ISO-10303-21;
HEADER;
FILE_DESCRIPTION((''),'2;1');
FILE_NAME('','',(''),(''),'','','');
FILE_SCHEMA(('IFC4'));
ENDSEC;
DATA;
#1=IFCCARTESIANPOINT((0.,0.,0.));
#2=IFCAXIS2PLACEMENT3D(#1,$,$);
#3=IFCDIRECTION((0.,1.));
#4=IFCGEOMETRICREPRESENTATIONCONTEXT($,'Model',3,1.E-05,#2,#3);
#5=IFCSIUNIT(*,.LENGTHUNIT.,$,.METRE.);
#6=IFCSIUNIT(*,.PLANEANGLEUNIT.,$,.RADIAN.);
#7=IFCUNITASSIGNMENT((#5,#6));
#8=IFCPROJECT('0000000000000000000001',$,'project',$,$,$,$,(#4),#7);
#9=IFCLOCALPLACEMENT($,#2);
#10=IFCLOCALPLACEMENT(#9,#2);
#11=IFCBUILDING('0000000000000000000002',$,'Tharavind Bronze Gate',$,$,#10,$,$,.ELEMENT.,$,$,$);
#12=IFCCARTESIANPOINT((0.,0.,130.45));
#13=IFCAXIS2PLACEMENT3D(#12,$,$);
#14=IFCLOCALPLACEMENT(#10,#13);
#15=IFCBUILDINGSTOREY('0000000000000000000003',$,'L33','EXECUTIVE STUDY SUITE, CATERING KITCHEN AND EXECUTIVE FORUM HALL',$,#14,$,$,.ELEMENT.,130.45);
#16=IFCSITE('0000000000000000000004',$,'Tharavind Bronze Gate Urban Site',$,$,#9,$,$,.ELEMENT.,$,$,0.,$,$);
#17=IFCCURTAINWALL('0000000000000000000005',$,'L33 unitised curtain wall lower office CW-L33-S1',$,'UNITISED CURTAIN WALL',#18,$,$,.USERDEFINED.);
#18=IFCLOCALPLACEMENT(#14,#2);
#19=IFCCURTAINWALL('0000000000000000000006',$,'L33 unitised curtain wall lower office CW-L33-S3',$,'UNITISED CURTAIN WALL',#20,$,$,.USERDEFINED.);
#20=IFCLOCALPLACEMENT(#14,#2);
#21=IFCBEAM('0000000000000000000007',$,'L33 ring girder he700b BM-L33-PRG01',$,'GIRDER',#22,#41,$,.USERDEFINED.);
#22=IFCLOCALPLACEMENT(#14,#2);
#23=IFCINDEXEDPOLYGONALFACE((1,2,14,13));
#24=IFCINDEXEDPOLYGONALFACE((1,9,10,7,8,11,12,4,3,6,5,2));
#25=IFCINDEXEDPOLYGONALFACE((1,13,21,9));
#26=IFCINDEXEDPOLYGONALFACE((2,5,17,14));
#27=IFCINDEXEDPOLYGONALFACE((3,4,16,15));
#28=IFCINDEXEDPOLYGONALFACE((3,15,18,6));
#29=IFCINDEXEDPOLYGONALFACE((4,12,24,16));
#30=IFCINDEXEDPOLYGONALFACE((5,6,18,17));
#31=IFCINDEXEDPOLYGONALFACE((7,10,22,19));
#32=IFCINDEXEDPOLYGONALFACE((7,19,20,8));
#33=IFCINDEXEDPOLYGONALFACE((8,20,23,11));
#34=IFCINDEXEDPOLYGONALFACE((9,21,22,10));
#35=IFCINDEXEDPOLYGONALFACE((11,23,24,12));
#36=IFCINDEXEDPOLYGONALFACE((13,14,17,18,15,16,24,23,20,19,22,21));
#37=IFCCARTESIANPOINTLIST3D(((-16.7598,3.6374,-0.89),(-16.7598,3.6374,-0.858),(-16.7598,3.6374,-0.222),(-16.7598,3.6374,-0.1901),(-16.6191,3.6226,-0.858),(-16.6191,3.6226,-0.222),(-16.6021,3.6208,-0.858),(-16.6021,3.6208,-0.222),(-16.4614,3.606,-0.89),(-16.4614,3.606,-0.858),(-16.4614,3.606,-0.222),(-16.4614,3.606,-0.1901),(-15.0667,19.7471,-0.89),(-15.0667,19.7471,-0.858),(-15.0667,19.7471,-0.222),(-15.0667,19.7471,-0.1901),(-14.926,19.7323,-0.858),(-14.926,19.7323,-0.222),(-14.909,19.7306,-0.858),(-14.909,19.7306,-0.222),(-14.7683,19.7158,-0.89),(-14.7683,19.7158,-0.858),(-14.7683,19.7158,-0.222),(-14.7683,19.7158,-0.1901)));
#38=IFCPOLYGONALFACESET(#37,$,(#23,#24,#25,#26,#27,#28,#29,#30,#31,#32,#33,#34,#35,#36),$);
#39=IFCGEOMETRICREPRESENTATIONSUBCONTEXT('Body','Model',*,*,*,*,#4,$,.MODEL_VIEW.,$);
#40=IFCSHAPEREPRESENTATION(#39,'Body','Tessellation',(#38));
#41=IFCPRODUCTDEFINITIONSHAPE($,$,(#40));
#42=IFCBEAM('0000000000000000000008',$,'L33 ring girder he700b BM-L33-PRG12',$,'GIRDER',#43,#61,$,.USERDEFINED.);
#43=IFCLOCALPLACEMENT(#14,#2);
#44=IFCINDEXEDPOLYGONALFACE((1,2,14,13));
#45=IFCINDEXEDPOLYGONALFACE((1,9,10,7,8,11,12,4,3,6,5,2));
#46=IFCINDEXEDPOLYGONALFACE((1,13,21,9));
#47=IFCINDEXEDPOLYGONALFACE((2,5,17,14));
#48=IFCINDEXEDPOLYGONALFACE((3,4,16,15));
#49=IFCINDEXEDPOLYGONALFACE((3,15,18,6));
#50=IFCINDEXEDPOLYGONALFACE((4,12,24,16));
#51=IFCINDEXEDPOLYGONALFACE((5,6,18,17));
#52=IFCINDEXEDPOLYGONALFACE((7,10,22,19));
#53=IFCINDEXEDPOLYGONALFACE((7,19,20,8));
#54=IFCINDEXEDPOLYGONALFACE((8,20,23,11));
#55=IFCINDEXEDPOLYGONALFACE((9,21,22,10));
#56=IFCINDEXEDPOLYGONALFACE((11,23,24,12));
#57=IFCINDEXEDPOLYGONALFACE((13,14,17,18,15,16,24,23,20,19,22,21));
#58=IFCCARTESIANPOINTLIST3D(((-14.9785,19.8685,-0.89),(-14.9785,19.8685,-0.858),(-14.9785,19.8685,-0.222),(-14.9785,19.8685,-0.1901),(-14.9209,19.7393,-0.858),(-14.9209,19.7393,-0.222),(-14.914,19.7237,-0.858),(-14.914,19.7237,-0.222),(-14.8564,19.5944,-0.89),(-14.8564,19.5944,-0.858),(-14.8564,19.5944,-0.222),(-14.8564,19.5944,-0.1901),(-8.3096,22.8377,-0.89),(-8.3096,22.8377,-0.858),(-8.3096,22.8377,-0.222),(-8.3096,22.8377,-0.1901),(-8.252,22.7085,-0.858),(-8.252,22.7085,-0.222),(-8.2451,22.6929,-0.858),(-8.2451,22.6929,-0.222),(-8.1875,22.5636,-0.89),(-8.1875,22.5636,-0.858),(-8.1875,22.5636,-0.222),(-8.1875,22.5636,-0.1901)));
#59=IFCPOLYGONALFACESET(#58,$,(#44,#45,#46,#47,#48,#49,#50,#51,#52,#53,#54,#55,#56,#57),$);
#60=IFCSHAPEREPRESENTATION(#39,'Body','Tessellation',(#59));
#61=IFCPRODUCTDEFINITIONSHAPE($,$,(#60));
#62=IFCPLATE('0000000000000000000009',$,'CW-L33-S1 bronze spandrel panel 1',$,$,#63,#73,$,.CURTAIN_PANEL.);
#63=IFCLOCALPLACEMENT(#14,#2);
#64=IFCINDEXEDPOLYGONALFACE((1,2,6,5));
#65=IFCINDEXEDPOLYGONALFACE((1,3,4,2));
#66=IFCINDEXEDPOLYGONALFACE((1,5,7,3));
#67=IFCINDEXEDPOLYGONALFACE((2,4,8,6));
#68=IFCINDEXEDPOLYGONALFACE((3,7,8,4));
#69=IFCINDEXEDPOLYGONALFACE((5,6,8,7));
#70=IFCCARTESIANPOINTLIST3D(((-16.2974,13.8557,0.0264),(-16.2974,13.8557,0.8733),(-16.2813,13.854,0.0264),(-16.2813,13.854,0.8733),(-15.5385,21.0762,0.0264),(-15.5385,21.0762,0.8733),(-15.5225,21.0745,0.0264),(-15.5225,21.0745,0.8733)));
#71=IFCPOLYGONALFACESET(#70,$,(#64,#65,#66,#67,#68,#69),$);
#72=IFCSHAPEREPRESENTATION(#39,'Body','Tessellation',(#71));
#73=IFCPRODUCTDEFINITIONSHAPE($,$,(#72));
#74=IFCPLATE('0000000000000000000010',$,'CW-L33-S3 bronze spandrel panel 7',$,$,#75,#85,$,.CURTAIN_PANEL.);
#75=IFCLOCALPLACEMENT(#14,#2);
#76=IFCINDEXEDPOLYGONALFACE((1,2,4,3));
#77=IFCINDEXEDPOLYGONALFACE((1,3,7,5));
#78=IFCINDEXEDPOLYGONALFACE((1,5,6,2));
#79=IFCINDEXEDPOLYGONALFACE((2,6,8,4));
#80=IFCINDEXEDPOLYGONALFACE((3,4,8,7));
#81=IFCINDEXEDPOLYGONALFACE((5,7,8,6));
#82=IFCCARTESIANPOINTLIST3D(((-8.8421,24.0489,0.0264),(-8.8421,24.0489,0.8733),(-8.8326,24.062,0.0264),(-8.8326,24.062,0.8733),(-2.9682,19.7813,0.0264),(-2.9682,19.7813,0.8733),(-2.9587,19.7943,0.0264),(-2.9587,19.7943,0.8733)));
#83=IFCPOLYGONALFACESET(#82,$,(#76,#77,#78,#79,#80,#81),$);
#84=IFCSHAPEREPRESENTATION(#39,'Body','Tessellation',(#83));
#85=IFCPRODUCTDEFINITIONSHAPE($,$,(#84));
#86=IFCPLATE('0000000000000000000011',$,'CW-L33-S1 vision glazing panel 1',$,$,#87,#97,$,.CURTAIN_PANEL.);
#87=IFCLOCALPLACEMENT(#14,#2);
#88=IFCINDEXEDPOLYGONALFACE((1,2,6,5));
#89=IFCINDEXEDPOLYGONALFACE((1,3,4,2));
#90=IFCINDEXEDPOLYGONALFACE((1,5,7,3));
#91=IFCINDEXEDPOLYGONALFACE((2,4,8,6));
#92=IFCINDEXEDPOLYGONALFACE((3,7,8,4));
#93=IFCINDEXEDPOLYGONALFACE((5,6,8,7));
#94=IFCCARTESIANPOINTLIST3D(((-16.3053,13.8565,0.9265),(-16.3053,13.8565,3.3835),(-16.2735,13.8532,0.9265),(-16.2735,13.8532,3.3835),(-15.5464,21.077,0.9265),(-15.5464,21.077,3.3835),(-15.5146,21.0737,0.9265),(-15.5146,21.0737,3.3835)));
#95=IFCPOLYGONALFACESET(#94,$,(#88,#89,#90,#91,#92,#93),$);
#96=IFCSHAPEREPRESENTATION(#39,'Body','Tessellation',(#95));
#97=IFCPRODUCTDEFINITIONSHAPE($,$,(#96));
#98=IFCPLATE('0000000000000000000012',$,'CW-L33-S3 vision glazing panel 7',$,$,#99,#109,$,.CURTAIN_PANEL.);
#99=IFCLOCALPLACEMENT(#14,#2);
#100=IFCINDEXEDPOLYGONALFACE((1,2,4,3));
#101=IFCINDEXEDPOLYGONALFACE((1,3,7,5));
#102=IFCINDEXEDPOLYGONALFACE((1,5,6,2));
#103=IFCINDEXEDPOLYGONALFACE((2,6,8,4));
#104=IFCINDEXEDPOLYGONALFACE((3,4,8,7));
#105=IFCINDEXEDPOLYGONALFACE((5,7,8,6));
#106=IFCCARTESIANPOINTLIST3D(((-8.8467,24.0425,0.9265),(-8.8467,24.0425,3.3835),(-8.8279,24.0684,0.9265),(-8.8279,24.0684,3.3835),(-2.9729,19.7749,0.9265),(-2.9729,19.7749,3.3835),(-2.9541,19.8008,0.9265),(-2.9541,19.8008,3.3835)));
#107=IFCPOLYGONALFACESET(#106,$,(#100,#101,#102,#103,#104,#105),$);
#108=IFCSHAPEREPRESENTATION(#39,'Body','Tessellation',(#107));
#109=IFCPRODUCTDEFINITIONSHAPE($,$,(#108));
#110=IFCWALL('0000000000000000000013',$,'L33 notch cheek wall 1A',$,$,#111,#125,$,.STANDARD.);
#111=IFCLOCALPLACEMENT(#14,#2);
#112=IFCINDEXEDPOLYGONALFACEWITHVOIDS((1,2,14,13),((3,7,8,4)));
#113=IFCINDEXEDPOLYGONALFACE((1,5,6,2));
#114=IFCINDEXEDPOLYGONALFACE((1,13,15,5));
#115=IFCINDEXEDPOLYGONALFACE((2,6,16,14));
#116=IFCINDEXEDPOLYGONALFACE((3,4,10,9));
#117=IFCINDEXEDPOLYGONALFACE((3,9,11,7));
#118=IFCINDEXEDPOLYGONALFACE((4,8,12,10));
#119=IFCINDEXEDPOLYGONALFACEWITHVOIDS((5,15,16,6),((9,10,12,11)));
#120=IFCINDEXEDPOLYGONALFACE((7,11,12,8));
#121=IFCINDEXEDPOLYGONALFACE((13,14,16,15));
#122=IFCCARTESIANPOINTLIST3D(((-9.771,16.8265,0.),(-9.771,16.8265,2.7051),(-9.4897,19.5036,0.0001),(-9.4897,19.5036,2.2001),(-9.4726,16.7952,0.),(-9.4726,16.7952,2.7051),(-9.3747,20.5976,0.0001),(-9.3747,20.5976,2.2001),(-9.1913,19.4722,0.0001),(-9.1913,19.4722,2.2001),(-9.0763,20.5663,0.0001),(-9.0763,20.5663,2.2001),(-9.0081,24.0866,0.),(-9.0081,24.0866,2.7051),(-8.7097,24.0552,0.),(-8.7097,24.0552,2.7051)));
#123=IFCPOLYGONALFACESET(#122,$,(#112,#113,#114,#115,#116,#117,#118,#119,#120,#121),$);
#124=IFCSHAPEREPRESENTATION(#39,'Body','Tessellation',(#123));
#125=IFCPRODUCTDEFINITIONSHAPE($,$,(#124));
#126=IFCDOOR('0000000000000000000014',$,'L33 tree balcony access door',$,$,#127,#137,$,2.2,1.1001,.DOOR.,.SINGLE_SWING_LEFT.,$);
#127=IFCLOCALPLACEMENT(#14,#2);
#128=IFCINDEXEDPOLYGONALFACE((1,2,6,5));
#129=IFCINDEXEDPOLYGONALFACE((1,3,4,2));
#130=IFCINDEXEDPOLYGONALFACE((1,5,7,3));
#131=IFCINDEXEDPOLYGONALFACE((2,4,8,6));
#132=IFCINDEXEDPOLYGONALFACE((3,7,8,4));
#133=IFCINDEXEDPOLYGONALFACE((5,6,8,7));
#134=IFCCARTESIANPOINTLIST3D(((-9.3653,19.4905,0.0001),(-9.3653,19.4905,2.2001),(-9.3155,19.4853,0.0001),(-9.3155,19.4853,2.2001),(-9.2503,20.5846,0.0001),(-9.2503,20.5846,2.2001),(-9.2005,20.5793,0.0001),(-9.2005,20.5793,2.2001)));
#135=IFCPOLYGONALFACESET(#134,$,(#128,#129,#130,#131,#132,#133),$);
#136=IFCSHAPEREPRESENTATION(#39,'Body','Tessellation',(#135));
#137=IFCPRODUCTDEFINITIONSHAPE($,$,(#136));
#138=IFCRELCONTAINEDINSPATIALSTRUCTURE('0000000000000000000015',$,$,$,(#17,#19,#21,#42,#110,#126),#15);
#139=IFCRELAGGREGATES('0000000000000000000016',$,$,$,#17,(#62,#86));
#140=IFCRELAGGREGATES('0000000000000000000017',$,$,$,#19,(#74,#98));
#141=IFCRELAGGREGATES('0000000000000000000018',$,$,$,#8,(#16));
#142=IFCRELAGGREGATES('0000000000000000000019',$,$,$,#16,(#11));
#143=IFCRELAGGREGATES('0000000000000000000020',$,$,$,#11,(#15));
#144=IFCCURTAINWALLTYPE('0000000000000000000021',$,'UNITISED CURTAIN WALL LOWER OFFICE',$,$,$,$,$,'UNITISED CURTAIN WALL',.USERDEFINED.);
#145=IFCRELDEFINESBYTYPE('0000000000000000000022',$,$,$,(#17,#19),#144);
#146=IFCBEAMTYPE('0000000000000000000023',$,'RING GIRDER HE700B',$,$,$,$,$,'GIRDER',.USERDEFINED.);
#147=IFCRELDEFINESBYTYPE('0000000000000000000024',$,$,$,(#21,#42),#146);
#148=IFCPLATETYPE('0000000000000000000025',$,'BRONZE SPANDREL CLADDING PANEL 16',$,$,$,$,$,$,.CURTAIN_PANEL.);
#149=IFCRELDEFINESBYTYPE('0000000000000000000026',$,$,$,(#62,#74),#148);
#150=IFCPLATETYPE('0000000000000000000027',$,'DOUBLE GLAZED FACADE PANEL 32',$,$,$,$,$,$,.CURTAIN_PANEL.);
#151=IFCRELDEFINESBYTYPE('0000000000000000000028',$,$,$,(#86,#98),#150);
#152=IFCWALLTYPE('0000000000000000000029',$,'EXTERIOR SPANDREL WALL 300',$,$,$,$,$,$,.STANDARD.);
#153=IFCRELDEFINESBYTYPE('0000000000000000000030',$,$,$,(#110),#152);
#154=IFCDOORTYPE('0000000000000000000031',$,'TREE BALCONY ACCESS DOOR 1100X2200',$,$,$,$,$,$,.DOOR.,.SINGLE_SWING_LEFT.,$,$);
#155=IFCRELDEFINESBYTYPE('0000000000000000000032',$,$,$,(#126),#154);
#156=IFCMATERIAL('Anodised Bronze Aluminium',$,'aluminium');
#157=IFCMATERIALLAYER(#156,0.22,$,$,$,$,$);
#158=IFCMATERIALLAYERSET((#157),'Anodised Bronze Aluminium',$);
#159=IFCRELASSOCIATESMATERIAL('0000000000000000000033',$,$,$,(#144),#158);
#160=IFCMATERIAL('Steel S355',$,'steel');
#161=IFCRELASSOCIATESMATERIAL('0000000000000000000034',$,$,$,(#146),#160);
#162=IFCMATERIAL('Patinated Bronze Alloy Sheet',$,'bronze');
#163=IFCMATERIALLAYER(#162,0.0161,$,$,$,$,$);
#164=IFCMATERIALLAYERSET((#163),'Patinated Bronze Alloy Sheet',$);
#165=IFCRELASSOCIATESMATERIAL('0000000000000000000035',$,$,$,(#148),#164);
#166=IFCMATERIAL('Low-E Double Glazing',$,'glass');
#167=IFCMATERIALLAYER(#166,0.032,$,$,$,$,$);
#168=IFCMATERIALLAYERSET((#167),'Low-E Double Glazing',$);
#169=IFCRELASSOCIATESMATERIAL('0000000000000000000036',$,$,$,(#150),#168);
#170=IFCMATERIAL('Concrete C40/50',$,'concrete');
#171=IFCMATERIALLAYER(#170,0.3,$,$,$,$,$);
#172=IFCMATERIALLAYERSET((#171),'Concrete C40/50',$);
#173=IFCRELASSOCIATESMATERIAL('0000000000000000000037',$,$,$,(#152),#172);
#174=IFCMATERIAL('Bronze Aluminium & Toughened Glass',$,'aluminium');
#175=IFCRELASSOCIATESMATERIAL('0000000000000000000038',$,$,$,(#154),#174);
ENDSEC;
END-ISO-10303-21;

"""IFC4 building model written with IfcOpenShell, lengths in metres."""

from ifc_helpers import new_model, si_unit, direction, frame, frame_2d, origin, origin_2d, place, context, subcontext, project, spatial, rectangle, i_section, extrude, material, layer, layer_set, material_profile, profile_set, type_object, element, fill, aggregate, save


model = new_model("IFC4")

# Units and contexts
model_context = context("Model", 3, precision=1e-05, world=origin(), true_north=direction((0.0, 1.0)))
body_context = subcontext(model_context, "Body", "Model", "MODEL_VIEW")
ifc_project = project(units=[si_unit("LENGTHUNIT", "METRE"), si_unit("PLANEANGLEUNIT", "RADIAN")], contexts=[model_context])

# Site, building, storey
site_placement = place(None, origin())
site = spatial("IfcSite", under=ifc_project, at=site_placement, Name="Tharavind Bronze Gate Urban Site", CompositionType="ELEMENT", RefElevation=0.0)
building_placement = place(site_placement, origin())
building = spatial("IfcBuilding", under=site, at=building_placement, Name="Tharavind Bronze Gate", CompositionType="ELEMENT")
storey_placement = place(building_placement, frame((0.0, 0.0, 130.45)))
storey = spatial("IfcBuildingStorey", under=building, at=storey_placement, Name="L33", Description="EXECUTIVE STUDY SUITE, CATERING KITCHEN AND EXECUTIVE FORUM HALL", CompositionType="ELEMENT", Elevation=130.45)

# Curtain wall
ifc_material_1 = material(Name="Anodised Bronze Aluminium", Category="aluminium")
ifc_layer_1 = layer(ifc_material_1, 0.22)
ifc_layer_set_1 = layer_set([ifc_layer_1], Name="Anodised Bronze Aluminium")
curtain_wall_type = type_object("IfcCurtainWallType", Name="UNITISED CURTAIN WALL LOWER OFFICE", ElementType="UNITISED CURTAIN WALL", PredefinedType="USERDEFINED", material=ifc_layer_set_1)
curtain_wall_1_placement = place(storey_placement, origin())
curtain_wall_1 = element("IfcCurtainWall", 1, at=curtain_wall_1_placement, inside=storey, type_object=curtain_wall_type, Name="L33 unitised curtain wall lower office CW-L33-S1", ObjectType="UNITISED CURTAIN WALL", PredefinedType="USERDEFINED")

# Curtain wall
curtain_wall_2_placement = place(storey_placement, origin())
curtain_wall_2 = element("IfcCurtainWall", 2, at=curtain_wall_2_placement, inside=storey, type_object=curtain_wall_type, Name="L33 unitised curtain wall lower office CW-L33-S3", ObjectType="UNITISED CURTAIN WALL", PredefinedType="USERDEFINED")

# Beams
ifc_material_2 = material(Name="Steel S355", Category="steel")
ifc_material_profile_1 = material_profile(ifc_material_2, i_section(OverallWidth=0.3, OverallDepth=0.7, WebThickness=0.0171, FlangeThickness=0.032, at=origin_2d()), Name="HE700B")
ifc_profile_set_1 = profile_set([ifc_material_profile_1], Name="Steel S355")
beam_type_1 = type_object("IfcBeamType", Name="RING GIRDER HE700B", ElementType="GIRDER", PredefinedType="USERDEFINED", material=ifc_profile_set_1)
beam_1_placement = place(storey_placement, frame((-14.9175, 19.7314, -0.54), z_axis=(-0.104522, -0.994523, 0.0), x_axis=(0.994523, -0.104522, 0.0)))
element("IfcBeam", 3, at=beam_1_placement, inside=storey, type_object=beam_type_1, Name="L33 ring girder he700b BM-L33-PRG01", ObjectType="GIRDER", PredefinedType="USERDEFINED", context=body_context, shape_type="SweptSolid", body=[
    extrude(i_section(OverallWidth=0.3, OverallDepth=0.7, WebThickness=0.0171, FlangeThickness=0.032, at=origin_2d()), origin(), (0.0, 0.0, 1.0), 16.1985),
])
beam_2_placement = place(storey_placement, frame((-8.2485, 22.7007, -0.54), z_axis=(-0.913544, -0.40674, 0.0), x_axis=(0.40674, -0.913544, 0.0)))
element("IfcBeam", 4, at=beam_2_placement, inside=storey, type_object=beam_type_1, Name="L33 ring girder he700b BM-L33-PRG12", ObjectType="GIRDER", PredefinedType="USERDEFINED", context=body_context, shape_type="SweptSolid", body=[
    extrude(i_section(OverallWidth=0.3, OverallDepth=0.7, WebThickness=0.0171, FlangeThickness=0.032, at=origin_2d()), origin(), (0.0, 0.0, 1.0), 7.3),
])

# Plates
ifc_material_3 = material(Name="Patinated Bronze Alloy Sheet", Category="bronze")
ifc_layer_2 = layer(ifc_material_3, 0.0161)
ifc_layer_set_2 = layer_set([ifc_layer_2], Name="Patinated Bronze Alloy Sheet")
plate_type_1 = type_object("IfcPlateType", Name="BRONZE SPANDREL CLADDING PANEL 16", PredefinedType="CURTAIN_PANEL", material=ifc_layer_set_2)
plate_1_placement = place(storey_placement, frame((-15.9099, 17.4651, 0.0264), z_axis=(0.0, 0.0, 1.0), x_axis=(-0.104527, -0.994522, 0.0)))
plate_1 = element("IfcPlate", 5, at=plate_1_placement, type_object=plate_type_1, Name="CW-L33-S1 bronze spandrel panel 1", PredefinedType="CURTAIN_PANEL", context=body_context, shape_type="SweptSolid", body=[
    extrude(rectangle(XDim=7.2603, YDim=0.0161, at=origin_2d()), origin(), (0.0, 0.0, 1.0), 0.8469),
])
plate_2_placement = place(storey_placement, frame((-5.9004, 21.9216, 0.0264), z_axis=(0.0, 0.0, 1.0), x_axis=(-0.809017, 0.587785, 0.0)))
plate_2 = element("IfcPlate", 6, at=plate_2_placement, type_object=plate_type_1, Name="CW-L33-S3 bronze spandrel panel 7", PredefinedType="CURTAIN_PANEL", context=body_context, shape_type="SweptSolid", body=[
    extrude(rectangle(XDim=7.2605, YDim=0.0161, at=origin_2d()), origin(), (0.0, 0.0, 1.0), 0.8469),
])
ifc_material_4 = material(Name="Low-E Double Glazing", Category="glass")
ifc_layer_3 = layer(ifc_material_4, 0.032)
ifc_layer_set_3 = layer_set([ifc_layer_3], Name="Low-E Double Glazing")
plate_type_2 = type_object("IfcPlateType", Name="DOUBLE GLAZED FACADE PANEL 32", PredefinedType="CURTAIN_PANEL", material=ifc_layer_set_3)
plate_3_placement = place(storey_placement, frame((-15.9099, 17.4651, 0.9265), z_axis=(0.0, 0.0, 1.0), x_axis=(-0.104527, -0.994522, 0.0)))
plate_3 = element("IfcPlate", 7, at=plate_3_placement, type_object=plate_type_2, Name="CW-L33-S1 vision glazing panel 1", PredefinedType="CURTAIN_PANEL", context=body_context, shape_type="SweptSolid", body=[
    extrude(rectangle(XDim=7.2603, YDim=0.032, at=origin_2d()), origin(), (0.0, 0.0, 1.0), 2.457),
])
aggregate(curtain_wall_1, [plate_1, plate_3])
plate_4_placement = place(storey_placement, frame((-5.9004, 21.9216, 0.9265), z_axis=(0.0, 0.0, 1.0), x_axis=(-0.809017, 0.587785, 0.0)))
plate_4 = element("IfcPlate", 8, at=plate_4_placement, type_object=plate_type_2, Name="CW-L33-S3 vision glazing panel 7", PredefinedType="CURTAIN_PANEL", context=body_context, shape_type="SweptSolid", body=[
    extrude(rectangle(XDim=7.2605, YDim=0.032, at=origin_2d()), origin(), (0.0, 0.0, 1.0), 2.457),
])
aggregate(curtain_wall_2, [plate_2, plate_4])

# Wall, opening, door
ifc_material_5 = material(Name="Concrete C40/50", Category="concrete")
ifc_layer_4 = layer(ifc_material_5, 0.3)
ifc_layer_set_4 = layer_set([ifc_layer_4], Name="Concrete C40/50")
wall_type_1 = type_object("IfcWallType", Name="EXTERIOR SPANDREL WALL 300", PredefinedType="STANDARD", material=ifc_layer_set_4)
wall_1_placement = place(storey_placement, frame((-8.8589, 24.0708, 0.0), z_axis=(0.0, 0.0, 1.0), x_axis=(-0.104512, -0.994524, 0.0)))
wall_1 = element("IfcWall", 9, at=wall_1_placement, inside=storey, type_object=wall_type_1, Name="L33 notch cheek wall 1A", PredefinedType="STANDARD", context=body_context, shape_type="SweptSolid", body=[
    extrude(rectangle(XDim=7.3, YDim=0.3, at=frame_2d((3.6499, 0.0))), origin(), (0.0, 0.0, 1.0), 2.7051),
])
opening_1_placement = place(wall_1_placement, frame((3.5081, 0.0, 0.0)))
opening_1 = element("IfcOpeningElement", 10, at=opening_1_placement, cuts=wall_1, PredefinedType="OPENING", context=body_context, shape_type="SweptSolid", body=[
    extrude(rectangle(XDim=1.1001, YDim=2.2, at=frame_2d((0.55, 1.1001))), frame((0.0, 0.1599, 0.0), z_axis=(0.0, -1.0, 0.0), x_axis=(1.0, 0.0, 0.0)), (0.0, 0.0, 1.0), 0.32),
])
ifc_material_6 = material(Name="Bronze Aluminium & Toughened Glass", Category="aluminium")
door_type_1 = type_object("IfcDoorType", Name="TREE BALCONY ACCESS DOOR 1100X2200", OperationType="SINGLE_SWING_LEFT", PredefinedType="DOOR", material=ifc_material_6)
door_1_placement = place(opening_1_placement, frame((1.1001, 0.0, 0.0), z_axis=(0.0, 0.0, 1.0), x_axis=(-1.0, 0.0, 0.0)))
door_1 = element("IfcDoor", 11, at=door_1_placement, inside=storey, type_object=door_type_1, Name="L33 tree balcony access door", OperationType="SINGLE_SWING_LEFT", OverallHeight=2.2, OverallWidth=1.1001, PredefinedType="DOOR", context=body_context, shape_type="SweptSolid", body=[
    extrude(rectangle(XDim=1.1001, YDim=2.2, at=frame_2d((0.55, 1.1001))), frame((0.0, 0.0249, 0.0), z_axis=(0.0, -1.0, 0.0), x_axis=(1.0, 0.0, 0.0)), (0.0, 0.0, 1.0), 0.05),
])
fill(opening_1, door_1)

save(model, "model.ifc")
